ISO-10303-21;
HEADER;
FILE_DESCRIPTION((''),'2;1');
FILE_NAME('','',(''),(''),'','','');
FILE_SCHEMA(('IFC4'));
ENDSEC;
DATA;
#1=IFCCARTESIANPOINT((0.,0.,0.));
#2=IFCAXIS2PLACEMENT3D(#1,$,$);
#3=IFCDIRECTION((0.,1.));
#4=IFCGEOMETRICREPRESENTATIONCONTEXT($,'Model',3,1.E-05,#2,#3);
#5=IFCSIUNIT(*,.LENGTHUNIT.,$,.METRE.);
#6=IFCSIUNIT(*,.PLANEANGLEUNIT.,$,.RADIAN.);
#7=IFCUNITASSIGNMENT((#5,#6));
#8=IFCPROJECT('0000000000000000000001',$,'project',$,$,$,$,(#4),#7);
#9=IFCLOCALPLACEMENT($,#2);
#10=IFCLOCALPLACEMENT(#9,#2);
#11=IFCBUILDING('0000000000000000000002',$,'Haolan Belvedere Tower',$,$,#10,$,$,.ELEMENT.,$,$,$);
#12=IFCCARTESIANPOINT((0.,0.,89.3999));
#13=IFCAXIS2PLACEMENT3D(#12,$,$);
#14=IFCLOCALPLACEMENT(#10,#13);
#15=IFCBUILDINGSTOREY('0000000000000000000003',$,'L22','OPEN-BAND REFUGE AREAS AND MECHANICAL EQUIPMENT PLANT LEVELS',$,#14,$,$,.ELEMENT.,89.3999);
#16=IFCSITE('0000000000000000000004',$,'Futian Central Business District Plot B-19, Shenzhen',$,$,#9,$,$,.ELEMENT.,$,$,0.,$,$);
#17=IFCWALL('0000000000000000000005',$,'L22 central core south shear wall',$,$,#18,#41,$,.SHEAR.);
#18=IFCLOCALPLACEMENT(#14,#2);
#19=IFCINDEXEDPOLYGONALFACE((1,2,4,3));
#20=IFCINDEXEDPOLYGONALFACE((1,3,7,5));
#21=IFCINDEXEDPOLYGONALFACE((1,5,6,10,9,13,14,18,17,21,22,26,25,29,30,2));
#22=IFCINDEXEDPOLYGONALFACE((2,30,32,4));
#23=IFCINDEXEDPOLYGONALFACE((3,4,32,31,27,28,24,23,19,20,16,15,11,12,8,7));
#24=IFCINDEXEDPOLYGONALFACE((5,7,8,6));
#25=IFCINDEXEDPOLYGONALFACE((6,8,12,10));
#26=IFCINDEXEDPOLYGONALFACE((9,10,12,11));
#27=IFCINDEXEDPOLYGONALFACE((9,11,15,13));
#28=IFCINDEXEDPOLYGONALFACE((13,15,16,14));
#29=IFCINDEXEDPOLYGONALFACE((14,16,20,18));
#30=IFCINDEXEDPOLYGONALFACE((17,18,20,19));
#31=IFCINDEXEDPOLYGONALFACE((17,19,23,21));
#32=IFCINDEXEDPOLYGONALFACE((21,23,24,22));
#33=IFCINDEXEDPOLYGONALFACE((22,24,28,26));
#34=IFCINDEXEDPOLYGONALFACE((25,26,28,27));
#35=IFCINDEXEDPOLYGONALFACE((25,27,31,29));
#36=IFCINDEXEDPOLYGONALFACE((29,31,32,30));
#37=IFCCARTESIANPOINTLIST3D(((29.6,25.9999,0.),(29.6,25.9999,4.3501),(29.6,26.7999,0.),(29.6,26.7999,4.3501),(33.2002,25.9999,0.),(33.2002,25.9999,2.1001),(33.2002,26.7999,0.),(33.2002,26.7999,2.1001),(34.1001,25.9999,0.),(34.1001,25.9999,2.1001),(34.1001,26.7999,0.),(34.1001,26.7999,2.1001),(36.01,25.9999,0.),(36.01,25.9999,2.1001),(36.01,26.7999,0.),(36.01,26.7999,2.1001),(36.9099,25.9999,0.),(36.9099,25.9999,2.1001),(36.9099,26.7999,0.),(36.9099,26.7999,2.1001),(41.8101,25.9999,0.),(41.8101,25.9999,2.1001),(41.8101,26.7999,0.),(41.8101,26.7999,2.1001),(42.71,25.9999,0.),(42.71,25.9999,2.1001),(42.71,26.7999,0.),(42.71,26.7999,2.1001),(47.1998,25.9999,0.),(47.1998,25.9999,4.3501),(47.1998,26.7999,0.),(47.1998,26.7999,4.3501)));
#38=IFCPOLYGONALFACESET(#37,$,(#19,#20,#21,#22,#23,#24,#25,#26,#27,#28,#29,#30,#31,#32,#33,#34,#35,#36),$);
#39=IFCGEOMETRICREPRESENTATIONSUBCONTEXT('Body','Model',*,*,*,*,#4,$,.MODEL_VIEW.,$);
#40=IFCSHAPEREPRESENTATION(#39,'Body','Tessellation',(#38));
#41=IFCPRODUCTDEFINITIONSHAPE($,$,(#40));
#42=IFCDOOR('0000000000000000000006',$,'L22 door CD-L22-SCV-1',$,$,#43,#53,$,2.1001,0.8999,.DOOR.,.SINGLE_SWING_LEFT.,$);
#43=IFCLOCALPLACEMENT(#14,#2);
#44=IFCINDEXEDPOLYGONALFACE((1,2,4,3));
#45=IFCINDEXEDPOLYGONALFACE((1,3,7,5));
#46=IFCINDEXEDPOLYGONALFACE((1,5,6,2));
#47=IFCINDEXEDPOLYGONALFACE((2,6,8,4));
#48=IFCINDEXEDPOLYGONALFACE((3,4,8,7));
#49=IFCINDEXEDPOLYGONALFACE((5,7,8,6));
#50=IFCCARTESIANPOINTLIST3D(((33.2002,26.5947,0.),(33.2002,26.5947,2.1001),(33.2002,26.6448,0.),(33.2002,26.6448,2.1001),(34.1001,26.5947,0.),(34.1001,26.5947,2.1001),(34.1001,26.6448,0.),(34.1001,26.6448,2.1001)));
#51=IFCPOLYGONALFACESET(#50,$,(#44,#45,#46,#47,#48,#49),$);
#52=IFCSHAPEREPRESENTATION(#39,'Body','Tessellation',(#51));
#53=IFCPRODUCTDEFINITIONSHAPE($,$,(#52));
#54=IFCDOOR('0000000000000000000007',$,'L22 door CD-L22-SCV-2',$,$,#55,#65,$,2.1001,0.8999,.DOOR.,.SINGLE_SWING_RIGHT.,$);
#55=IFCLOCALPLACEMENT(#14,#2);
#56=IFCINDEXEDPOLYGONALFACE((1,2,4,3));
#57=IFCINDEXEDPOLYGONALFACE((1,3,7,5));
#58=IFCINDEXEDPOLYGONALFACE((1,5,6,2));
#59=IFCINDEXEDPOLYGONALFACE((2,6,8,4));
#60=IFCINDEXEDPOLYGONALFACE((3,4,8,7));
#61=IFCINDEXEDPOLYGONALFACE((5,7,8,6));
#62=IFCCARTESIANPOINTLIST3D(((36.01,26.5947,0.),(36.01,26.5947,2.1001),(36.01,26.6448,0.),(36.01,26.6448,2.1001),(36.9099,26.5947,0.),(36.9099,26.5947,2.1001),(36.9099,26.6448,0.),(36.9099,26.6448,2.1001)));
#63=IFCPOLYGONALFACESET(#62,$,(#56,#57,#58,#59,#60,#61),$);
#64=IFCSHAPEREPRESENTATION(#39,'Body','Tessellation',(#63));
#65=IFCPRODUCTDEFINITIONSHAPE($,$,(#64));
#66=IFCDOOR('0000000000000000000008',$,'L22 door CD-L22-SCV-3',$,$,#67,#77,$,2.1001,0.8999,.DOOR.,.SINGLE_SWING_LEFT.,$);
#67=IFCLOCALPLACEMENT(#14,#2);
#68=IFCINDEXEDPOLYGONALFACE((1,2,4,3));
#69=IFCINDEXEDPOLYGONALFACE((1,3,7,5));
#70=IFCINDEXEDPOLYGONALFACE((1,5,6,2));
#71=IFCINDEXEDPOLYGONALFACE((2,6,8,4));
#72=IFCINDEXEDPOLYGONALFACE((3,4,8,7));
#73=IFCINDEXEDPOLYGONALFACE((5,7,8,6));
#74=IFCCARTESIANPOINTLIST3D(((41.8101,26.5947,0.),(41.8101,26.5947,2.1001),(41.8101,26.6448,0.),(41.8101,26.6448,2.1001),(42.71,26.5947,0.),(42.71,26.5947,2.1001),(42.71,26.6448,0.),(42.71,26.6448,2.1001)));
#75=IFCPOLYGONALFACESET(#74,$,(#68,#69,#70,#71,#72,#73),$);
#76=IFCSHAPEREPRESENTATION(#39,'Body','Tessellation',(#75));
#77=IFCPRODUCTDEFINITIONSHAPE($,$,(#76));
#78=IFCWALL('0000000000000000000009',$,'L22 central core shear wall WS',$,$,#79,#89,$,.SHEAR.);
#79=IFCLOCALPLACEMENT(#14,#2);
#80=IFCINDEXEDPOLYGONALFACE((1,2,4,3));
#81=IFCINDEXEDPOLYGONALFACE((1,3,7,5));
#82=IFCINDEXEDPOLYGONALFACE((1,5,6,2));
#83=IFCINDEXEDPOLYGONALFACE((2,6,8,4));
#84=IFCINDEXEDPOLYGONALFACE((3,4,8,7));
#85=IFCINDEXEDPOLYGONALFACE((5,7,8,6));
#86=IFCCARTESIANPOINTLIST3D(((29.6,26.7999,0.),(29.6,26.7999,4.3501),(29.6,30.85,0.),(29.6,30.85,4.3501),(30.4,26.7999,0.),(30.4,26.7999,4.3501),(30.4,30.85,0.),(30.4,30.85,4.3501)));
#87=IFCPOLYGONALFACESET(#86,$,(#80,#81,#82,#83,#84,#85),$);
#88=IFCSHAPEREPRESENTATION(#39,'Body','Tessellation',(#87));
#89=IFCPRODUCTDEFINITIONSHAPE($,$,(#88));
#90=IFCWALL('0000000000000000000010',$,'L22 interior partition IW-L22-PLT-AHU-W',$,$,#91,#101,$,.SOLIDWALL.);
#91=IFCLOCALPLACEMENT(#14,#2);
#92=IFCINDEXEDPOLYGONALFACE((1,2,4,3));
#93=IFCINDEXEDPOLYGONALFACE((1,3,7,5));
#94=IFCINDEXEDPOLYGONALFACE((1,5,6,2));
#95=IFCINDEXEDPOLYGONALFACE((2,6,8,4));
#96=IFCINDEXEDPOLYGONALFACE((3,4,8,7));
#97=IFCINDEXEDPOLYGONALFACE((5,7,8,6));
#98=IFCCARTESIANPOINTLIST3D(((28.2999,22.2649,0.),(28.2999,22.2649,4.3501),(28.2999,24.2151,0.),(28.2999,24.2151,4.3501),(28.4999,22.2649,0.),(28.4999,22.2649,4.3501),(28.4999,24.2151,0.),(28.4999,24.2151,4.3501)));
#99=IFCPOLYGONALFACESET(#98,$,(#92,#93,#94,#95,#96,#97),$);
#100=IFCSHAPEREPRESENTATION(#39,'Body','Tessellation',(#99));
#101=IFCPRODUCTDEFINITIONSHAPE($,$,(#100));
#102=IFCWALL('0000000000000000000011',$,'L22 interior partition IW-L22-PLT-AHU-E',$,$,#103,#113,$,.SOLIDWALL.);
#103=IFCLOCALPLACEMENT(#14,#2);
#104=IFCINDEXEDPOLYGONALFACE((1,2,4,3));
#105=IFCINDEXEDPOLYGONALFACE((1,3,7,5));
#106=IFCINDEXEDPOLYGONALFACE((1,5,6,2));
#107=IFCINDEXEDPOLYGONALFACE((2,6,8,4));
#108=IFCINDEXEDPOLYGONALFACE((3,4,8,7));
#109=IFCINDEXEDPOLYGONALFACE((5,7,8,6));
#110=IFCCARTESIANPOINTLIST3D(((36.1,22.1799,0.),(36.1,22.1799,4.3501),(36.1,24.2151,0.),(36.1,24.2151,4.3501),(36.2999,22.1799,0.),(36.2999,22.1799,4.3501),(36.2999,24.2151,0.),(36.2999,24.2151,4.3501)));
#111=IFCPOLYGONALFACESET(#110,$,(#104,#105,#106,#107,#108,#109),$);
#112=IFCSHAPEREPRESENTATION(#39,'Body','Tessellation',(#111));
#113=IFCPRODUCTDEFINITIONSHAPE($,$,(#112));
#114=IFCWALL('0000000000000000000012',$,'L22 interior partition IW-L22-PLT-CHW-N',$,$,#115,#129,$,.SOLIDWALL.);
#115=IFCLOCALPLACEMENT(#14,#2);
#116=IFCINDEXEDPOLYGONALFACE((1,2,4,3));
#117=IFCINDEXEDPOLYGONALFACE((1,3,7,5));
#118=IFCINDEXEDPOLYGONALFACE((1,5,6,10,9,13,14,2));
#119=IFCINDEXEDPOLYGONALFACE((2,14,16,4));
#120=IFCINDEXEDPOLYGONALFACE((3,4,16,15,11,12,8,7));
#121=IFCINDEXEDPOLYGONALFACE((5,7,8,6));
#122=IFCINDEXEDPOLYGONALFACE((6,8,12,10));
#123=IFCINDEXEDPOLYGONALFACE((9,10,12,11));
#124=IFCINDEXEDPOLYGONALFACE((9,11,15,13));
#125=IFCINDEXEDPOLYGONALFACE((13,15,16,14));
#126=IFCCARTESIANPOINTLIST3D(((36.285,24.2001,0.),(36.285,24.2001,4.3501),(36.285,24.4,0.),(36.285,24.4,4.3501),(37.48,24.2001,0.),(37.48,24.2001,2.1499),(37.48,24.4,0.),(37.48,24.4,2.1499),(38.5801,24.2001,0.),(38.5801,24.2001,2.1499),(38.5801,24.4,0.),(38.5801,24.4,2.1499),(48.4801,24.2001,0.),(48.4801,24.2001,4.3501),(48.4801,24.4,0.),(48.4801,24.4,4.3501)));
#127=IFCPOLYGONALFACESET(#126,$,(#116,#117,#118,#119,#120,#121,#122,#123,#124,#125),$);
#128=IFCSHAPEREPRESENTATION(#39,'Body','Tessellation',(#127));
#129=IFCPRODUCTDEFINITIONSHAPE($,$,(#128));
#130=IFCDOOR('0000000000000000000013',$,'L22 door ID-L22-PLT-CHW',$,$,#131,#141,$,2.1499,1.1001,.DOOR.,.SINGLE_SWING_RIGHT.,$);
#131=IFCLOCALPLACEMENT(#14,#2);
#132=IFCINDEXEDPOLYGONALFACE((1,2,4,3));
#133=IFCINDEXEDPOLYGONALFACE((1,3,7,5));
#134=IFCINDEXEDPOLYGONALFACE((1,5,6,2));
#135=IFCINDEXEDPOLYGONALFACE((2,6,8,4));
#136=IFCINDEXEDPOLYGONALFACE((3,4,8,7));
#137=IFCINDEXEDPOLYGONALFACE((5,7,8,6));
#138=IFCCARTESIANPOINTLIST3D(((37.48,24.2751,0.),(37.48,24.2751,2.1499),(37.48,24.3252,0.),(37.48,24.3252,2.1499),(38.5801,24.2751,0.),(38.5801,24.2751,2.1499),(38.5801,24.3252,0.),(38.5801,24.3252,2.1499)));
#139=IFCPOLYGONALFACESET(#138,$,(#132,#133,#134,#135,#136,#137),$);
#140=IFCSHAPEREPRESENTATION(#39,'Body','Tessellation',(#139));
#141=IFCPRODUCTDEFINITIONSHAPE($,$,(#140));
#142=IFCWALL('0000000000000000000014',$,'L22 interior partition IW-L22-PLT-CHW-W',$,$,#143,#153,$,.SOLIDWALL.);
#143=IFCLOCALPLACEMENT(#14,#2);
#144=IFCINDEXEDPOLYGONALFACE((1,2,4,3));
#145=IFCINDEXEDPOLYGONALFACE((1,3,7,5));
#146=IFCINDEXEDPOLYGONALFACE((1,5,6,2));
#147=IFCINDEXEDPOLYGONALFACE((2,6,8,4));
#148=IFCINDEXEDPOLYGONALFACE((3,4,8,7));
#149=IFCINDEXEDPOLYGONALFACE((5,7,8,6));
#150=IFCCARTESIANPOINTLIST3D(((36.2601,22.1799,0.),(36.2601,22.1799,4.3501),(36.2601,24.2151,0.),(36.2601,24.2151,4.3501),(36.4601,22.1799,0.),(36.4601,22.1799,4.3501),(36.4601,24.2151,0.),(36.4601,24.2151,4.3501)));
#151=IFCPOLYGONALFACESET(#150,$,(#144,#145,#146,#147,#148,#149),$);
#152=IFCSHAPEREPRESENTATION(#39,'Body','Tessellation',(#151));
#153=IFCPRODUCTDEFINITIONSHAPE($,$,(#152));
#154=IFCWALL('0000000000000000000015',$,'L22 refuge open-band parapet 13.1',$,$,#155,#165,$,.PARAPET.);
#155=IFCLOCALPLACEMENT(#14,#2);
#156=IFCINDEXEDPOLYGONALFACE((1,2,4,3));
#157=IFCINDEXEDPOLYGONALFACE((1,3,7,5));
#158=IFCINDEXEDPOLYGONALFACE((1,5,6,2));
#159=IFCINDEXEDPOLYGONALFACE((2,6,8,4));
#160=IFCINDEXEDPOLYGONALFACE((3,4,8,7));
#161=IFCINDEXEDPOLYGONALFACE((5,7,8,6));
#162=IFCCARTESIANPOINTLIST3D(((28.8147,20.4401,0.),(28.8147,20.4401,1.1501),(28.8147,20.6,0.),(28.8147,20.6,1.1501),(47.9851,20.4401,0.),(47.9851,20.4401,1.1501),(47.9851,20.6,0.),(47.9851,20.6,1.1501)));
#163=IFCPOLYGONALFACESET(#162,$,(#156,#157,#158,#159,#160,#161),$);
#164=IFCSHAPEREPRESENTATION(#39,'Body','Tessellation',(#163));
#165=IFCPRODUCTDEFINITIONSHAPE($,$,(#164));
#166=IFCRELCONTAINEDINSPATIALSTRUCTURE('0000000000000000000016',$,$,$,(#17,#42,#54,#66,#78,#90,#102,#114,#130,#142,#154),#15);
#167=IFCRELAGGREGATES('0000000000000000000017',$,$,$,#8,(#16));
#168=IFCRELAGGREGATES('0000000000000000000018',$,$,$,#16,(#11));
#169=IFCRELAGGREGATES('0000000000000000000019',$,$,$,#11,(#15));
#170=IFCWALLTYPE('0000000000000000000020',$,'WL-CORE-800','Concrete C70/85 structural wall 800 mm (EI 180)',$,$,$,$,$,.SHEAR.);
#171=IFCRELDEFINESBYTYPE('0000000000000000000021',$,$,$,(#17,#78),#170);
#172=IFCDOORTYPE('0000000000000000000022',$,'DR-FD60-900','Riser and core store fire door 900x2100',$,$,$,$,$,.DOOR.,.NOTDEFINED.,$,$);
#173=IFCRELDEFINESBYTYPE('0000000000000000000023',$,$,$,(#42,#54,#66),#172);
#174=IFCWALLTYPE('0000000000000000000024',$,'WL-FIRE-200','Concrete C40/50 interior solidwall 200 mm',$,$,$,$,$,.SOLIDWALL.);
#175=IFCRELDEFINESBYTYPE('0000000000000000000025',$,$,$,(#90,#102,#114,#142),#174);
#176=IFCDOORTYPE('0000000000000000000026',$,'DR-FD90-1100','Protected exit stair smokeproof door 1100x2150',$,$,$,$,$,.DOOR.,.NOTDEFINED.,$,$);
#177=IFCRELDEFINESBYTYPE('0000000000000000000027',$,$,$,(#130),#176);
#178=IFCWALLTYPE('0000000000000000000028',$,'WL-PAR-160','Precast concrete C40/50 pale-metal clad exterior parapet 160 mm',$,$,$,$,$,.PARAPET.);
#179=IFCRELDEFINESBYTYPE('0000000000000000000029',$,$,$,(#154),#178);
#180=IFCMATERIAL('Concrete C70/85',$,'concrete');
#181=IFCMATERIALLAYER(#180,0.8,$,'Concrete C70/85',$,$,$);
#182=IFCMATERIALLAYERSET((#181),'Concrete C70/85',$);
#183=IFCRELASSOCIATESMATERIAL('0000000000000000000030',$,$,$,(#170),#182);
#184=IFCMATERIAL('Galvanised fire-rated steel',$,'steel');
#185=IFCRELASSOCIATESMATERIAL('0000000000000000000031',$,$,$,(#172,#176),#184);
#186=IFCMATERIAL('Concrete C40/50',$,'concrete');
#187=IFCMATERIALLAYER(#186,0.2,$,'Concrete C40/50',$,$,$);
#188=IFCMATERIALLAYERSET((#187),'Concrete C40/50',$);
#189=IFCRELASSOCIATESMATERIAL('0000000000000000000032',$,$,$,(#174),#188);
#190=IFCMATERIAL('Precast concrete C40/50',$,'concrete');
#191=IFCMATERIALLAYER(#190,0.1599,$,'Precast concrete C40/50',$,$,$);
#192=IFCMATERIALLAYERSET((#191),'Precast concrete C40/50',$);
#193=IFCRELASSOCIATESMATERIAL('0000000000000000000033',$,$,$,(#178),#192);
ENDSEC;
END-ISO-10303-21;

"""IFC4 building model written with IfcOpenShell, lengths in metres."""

from ifc_helpers import new_model, si_unit, direction, frame, frame_2d, origin, place, context, subcontext, project, spatial, rectangle, extrude, material, layer, layer_set, type_object, element, fill, save


model = new_model("IFC4")

# Units and contexts
model_context = context("Model", 3, precision=1e-05, world=origin(), true_north=direction((0.0, 1.0)))
body_context = subcontext(model_context, "Body", "Model", "MODEL_VIEW")
ifc_project = project(units=[si_unit("LENGTHUNIT", "METRE"), si_unit("PLANEANGLEUNIT", "RADIAN")], contexts=[model_context])

# Site, building, storey
site_placement = place(None, origin())
site = spatial("IfcSite", under=ifc_project, at=site_placement, Name="Futian Central Business District Plot B-19, Shenzhen", CompositionType="ELEMENT", RefElevation=0.0)
building_placement = place(site_placement, origin())
building = spatial("IfcBuilding", under=site, at=building_placement, Name="Haolan Belvedere Tower", CompositionType="ELEMENT")
storey_placement = place(building_placement, frame((0.0, 0.0, 89.3999)))
storey = spatial("IfcBuildingStorey", under=building, at=storey_placement, Name="L22", Description="OPEN-BAND REFUGE AREAS AND MECHANICAL EQUIPMENT PLANT LEVELS", CompositionType="ELEMENT", Elevation=89.3999)

# Wall, openings, doors
ifc_material_1 = material(Name="Concrete C70/85", Category="concrete")
ifc_layer_1 = layer(ifc_material_1, 0.8, Name="Concrete C70/85")
ifc_layer_set_1 = layer_set([ifc_layer_1], Name="Concrete C70/85")
wall_type_1 = type_object("IfcWallType", Name="WL-CORE-800", Description="Concrete C70/85 structural wall 800 mm (EI 180)", PredefinedType="SHEAR", material=ifc_layer_set_1)
wall_1_placement = place(storey_placement, frame((29.6001, 26.3999, 0.0), z_axis=(0.0, 0.0, 1.0), x_axis=(1.0, 0.0, 0.0)))
wall_1 = element("IfcWall", 1, at=wall_1_placement, inside=storey, type_object=wall_type_1, Name="L22 central core south shear wall", PredefinedType="SHEAR", context=body_context, shape_type="SweptSolid", body=[
    extrude(rectangle(XDim=17.5999, YDim=0.8, at=frame_2d((8.7998, 0.0))), origin(), (0.0, 0.0, 1.0), 4.3501),
])
opening_1_placement = place(wall_1_placement, frame((4.5, 0.0, 0.0), z_axis=(0.0, 0.0, 1.0), x_axis=(-1.0, 0.0, 0.0)))
opening_1 = element("IfcOpeningElement", 2, at=opening_1_placement, cuts=wall_1, PredefinedType="OPENING", context=body_context, shape_type="SweptSolid", body=[
    extrude(rectangle(XDim=0.8999, YDim=2.1001, at=frame_2d((0.45, 1.05))), frame((0.0, 0.4099, 0.0), z_axis=(0.0, -1.0, 0.0), x_axis=(1.0, 0.0, 0.0)), (0.0, 0.0, 1.0), 0.8201),
])
opening_2_placement = place(wall_1_placement, frame((7.3098, 0.0, 0.0), z_axis=(0.0, 0.0, 1.0), x_axis=(-1.0, 0.0, 0.0)))
opening_2 = element("IfcOpeningElement", 3, at=opening_2_placement, cuts=wall_1, PredefinedType="OPENING", context=body_context, shape_type="SweptSolid", body=[
    extrude(rectangle(XDim=0.8999, YDim=2.1001, at=frame_2d((0.45, 1.05))), frame((0.0, 0.4099, 0.0), z_axis=(0.0, -1.0, 0.0), x_axis=(1.0, 0.0, 0.0)), (0.0, 0.0, 1.0), 0.8201),
])
opening_3_placement = place(wall_1_placement, frame((13.1099, 0.0, 0.0), z_axis=(0.0, 0.0, 1.0), x_axis=(-1.0, 0.0, 0.0)))
opening_3 = element("IfcOpeningElement", 4, at=opening_3_placement, cuts=wall_1, PredefinedType="OPENING", context=body_context, shape_type="SweptSolid", body=[
    extrude(rectangle(XDim=0.8999, YDim=2.1001, at=frame_2d((0.45, 1.05))), frame((0.0, 0.4099, 0.0), z_axis=(0.0, -1.0, 0.0), x_axis=(1.0, 0.0, 0.0)), (0.0, 0.0, 1.0), 0.8201),
])
ifc_material_2 = material(Name="Galvanised fire-rated steel", Category="steel")
door_type_1 = type_object("IfcDoorType", Name="DR-FD60-900", Description="Riser and core store fire door 900x2100", OperationType="NOTDEFINED", PredefinedType="DOOR", material=ifc_material_2)
door_1_placement = place(opening_1_placement, origin())
door_1 = element("IfcDoor", 5, at=door_1_placement, inside=storey, type_object=door_type_1, Name="L22 door CD-L22-SCV-1", OperationType="SINGLE_SWING_LEFT", OverallHeight=2.1001, OverallWidth=0.8999, PredefinedType="DOOR", context=body_context, shape_type="SweptSolid", body=[
    extrude(rectangle(XDim=0.8999, YDim=2.1001, at=frame_2d((0.45, 1.05))), frame((0.0, -0.1948, 0.0), z_axis=(0.0, -1.0, 0.0), x_axis=(1.0, 0.0, 0.0)), (0.0, 0.0, 1.0), 0.05),
])
fill(opening_1, door_1)
door_2_placement = place(opening_2_placement, origin())
door_2 = element("IfcDoor", 6, at=door_2_placement, inside=storey, type_object=door_type_1, Name="L22 door CD-L22-SCV-2", OperationType="SINGLE_SWING_RIGHT", OverallHeight=2.1001, OverallWidth=0.8999, PredefinedType="DOOR", context=body_context, shape_type="SweptSolid", body=[
    extrude(rectangle(XDim=0.8999, YDim=2.1001, at=frame_2d((0.45, 1.05))), frame((0.0, -0.1948, 0.0), z_axis=(0.0, -1.0, 0.0), x_axis=(1.0, 0.0, 0.0)), (0.0, 0.0, 1.0), 0.05),
])
fill(opening_2, door_2)
door_3_placement = place(opening_3_placement, origin())
door_3 = element("IfcDoor", 7, at=door_3_placement, inside=storey, type_object=door_type_1, Name="L22 door CD-L22-SCV-3", OperationType="SINGLE_SWING_LEFT", OverallHeight=2.1001, OverallWidth=0.8999, PredefinedType="DOOR", context=body_context, shape_type="SweptSolid", body=[
    extrude(rectangle(XDim=0.8999, YDim=2.1001, at=frame_2d((0.45, 1.05))), frame((0.0, -0.1948, 0.0), z_axis=(0.0, -1.0, 0.0), x_axis=(1.0, 0.0, 0.0)), (0.0, 0.0, 1.0), 0.05),
])
fill(opening_3, door_3)

# Walls
wall_2_placement = place(storey_placement, frame((30.0, 26.8, 0.0), z_axis=(0.0, 0.0, 1.0), x_axis=(0.0, 1.0, 0.0)))
element("IfcWall", 8, at=wall_2_placement, inside=storey, type_object=wall_type_1, Name="L22 central core shear wall WS", PredefinedType="SHEAR", context=body_context, shape_type="SweptSolid", body=[
    extrude(rectangle(XDim=4.05, YDim=0.8, at=frame_2d((2.0249, 0.0))), origin(), (0.0, 0.0, 1.0), 4.3501),
])
ifc_material_3 = material(Name="Concrete C40/50", Category="concrete")
ifc_layer_2 = layer(ifc_material_3, 0.2, Name="Concrete C40/50")
ifc_layer_set_2 = layer_set([ifc_layer_2], Name="Concrete C40/50")
wall_type_2 = type_object("IfcWallType", Name="WL-FIRE-200", Description="Concrete C40/50 interior solidwall 200 mm", PredefinedType="SOLIDWALL", material=ifc_layer_set_2)
wall_3_placement = place(storey_placement, frame((28.3999, 22.2649, 0.0), z_axis=(0.0, 0.0, 1.0), x_axis=(0.0, 1.0, 0.0)))
element("IfcWall", 9, at=wall_3_placement, inside=storey, type_object=wall_type_2, Name="L22 interior partition IW-L22-PLT-AHU-W", PredefinedType="SOLIDWALL", context=body_context, shape_type="SweptSolid", body=[
    extrude(rectangle(XDim=1.9502, YDim=0.2, at=frame_2d((0.9751, 0.0))), origin(), (0.0, 0.0, 1.0), 4.3501),
])
wall_4_placement = place(storey_placement, frame((36.2, 22.1799, 0.0), z_axis=(0.0, 0.0, 1.0), x_axis=(0.0, 1.0, 0.0)))
element("IfcWall", 10, at=wall_4_placement, inside=storey, type_object=wall_type_2, Name="L22 interior partition IW-L22-PLT-AHU-E", PredefinedType="SOLIDWALL", context=body_context, shape_type="SweptSolid", body=[
    extrude(rectangle(XDim=2.0352, YDim=0.2, at=frame_2d((1.0176, 0.0))), origin(), (0.0, 0.0, 1.0), 4.3501),
])

# Wall, opening, door
wall_5_placement = place(storey_placement, frame((36.2849, 24.3, 0.0), z_axis=(0.0, 0.0, 1.0), x_axis=(1.0, 0.0, 0.0)))
wall_5 = element("IfcWall", 11, at=wall_5_placement, inside=storey, type_object=wall_type_2, Name="L22 interior partition IW-L22-PLT-CHW-N", PredefinedType="SOLIDWALL", context=body_context, shape_type="SweptSolid", body=[
    extrude(rectangle(XDim=12.1951, YDim=0.2, at=frame_2d((6.0977, 0.0))), origin(), (0.0, 0.0, 1.0), 4.3501),
])
opening_4_placement = place(wall_5_placement, frame((2.2952, 0.0, 0.0), z_axis=(0.0, 0.0, 1.0), x_axis=(-1.0, 0.0, 0.0)))
opening_4 = element("IfcOpeningElement", 12, at=opening_4_placement, cuts=wall_5, PredefinedType="OPENING", context=body_context, shape_type="SweptSolid", body=[
    extrude(rectangle(XDim=1.1001, YDim=2.1499, at=frame_2d((0.55, 1.075))), frame((0.0, 0.1099, 0.0), z_axis=(0.0, -1.0, 0.0), x_axis=(1.0, 0.0, 0.0)), (0.0, 0.0, 1.0), 0.22),
])
door_type_2 = type_object("IfcDoorType", Name="DR-FD90-1100", Description="Protected exit stair smokeproof door 1100x2150", OperationType="NOTDEFINED", PredefinedType="DOOR", material=ifc_material_2)
door_4_placement = place(opening_4_placement, origin())
door_4 = element("IfcDoor", 13, at=door_4_placement, inside=storey, type_object=door_type_2, Name="L22 door ID-L22-PLT-CHW", OperationType="SINGLE_SWING_RIGHT", OverallHeight=2.1499, OverallWidth=1.1001, PredefinedType="DOOR", context=body_context, shape_type="SweptSolid", body=[
    extrude(rectangle(XDim=1.1001, YDim=2.1499, at=frame_2d((0.55, 1.075))), frame((0.0, 0.0249, 0.0), z_axis=(0.0, -1.0, 0.0), x_axis=(1.0, 0.0, 0.0)), (0.0, 0.0, 1.0), 0.05),
])
fill(opening_4, door_4)

# Walls
wall_6_placement = place(storey_placement, frame((36.3601, 22.1799, 0.0), z_axis=(0.0, 0.0, 1.0), x_axis=(0.0, 1.0, 0.0)))
element("IfcWall", 14, at=wall_6_placement, inside=storey, type_object=wall_type_2, Name="L22 interior partition IW-L22-PLT-CHW-W", PredefinedType="SOLIDWALL", context=body_context, shape_type="SweptSolid", body=[
    extrude(rectangle(XDim=2.0352, YDim=0.2, at=frame_2d((1.0176, 0.0))), origin(), (0.0, 0.0, 1.0), 4.3501),
])
ifc_material_4 = material(Name="Precast concrete C40/50", Category="concrete")
ifc_layer_3 = layer(ifc_material_4, 0.1599, Name="Precast concrete C40/50")
ifc_layer_set_3 = layer_set([ifc_layer_3], Name="Precast concrete C40/50")
wall_type_3 = type_object("IfcWallType", Name="WL-PAR-160", Description="Precast concrete C40/50 pale-metal clad exterior parapet 160 mm", PredefinedType="PARAPET", material=ifc_layer_set_3)
wall_7_placement = place(storey_placement, frame((28.8147, 20.52, 0.0), z_axis=(0.0, 0.0, 1.0), x_axis=(1.0, 0.0, 0.0)))
element("IfcWall", 15, at=wall_7_placement, inside=storey, type_object=wall_type_3, Name="L22 refuge open-band parapet 13.1", PredefinedType="PARAPET", context=body_context, shape_type="SweptSolid", body=[
    extrude(rectangle(XDim=19.1704, YDim=0.1599, at=frame_2d((9.5852, 0.0))), origin(), (0.0, 0.0, 1.0), 1.1501),
])

save(model, "model.ifc")
